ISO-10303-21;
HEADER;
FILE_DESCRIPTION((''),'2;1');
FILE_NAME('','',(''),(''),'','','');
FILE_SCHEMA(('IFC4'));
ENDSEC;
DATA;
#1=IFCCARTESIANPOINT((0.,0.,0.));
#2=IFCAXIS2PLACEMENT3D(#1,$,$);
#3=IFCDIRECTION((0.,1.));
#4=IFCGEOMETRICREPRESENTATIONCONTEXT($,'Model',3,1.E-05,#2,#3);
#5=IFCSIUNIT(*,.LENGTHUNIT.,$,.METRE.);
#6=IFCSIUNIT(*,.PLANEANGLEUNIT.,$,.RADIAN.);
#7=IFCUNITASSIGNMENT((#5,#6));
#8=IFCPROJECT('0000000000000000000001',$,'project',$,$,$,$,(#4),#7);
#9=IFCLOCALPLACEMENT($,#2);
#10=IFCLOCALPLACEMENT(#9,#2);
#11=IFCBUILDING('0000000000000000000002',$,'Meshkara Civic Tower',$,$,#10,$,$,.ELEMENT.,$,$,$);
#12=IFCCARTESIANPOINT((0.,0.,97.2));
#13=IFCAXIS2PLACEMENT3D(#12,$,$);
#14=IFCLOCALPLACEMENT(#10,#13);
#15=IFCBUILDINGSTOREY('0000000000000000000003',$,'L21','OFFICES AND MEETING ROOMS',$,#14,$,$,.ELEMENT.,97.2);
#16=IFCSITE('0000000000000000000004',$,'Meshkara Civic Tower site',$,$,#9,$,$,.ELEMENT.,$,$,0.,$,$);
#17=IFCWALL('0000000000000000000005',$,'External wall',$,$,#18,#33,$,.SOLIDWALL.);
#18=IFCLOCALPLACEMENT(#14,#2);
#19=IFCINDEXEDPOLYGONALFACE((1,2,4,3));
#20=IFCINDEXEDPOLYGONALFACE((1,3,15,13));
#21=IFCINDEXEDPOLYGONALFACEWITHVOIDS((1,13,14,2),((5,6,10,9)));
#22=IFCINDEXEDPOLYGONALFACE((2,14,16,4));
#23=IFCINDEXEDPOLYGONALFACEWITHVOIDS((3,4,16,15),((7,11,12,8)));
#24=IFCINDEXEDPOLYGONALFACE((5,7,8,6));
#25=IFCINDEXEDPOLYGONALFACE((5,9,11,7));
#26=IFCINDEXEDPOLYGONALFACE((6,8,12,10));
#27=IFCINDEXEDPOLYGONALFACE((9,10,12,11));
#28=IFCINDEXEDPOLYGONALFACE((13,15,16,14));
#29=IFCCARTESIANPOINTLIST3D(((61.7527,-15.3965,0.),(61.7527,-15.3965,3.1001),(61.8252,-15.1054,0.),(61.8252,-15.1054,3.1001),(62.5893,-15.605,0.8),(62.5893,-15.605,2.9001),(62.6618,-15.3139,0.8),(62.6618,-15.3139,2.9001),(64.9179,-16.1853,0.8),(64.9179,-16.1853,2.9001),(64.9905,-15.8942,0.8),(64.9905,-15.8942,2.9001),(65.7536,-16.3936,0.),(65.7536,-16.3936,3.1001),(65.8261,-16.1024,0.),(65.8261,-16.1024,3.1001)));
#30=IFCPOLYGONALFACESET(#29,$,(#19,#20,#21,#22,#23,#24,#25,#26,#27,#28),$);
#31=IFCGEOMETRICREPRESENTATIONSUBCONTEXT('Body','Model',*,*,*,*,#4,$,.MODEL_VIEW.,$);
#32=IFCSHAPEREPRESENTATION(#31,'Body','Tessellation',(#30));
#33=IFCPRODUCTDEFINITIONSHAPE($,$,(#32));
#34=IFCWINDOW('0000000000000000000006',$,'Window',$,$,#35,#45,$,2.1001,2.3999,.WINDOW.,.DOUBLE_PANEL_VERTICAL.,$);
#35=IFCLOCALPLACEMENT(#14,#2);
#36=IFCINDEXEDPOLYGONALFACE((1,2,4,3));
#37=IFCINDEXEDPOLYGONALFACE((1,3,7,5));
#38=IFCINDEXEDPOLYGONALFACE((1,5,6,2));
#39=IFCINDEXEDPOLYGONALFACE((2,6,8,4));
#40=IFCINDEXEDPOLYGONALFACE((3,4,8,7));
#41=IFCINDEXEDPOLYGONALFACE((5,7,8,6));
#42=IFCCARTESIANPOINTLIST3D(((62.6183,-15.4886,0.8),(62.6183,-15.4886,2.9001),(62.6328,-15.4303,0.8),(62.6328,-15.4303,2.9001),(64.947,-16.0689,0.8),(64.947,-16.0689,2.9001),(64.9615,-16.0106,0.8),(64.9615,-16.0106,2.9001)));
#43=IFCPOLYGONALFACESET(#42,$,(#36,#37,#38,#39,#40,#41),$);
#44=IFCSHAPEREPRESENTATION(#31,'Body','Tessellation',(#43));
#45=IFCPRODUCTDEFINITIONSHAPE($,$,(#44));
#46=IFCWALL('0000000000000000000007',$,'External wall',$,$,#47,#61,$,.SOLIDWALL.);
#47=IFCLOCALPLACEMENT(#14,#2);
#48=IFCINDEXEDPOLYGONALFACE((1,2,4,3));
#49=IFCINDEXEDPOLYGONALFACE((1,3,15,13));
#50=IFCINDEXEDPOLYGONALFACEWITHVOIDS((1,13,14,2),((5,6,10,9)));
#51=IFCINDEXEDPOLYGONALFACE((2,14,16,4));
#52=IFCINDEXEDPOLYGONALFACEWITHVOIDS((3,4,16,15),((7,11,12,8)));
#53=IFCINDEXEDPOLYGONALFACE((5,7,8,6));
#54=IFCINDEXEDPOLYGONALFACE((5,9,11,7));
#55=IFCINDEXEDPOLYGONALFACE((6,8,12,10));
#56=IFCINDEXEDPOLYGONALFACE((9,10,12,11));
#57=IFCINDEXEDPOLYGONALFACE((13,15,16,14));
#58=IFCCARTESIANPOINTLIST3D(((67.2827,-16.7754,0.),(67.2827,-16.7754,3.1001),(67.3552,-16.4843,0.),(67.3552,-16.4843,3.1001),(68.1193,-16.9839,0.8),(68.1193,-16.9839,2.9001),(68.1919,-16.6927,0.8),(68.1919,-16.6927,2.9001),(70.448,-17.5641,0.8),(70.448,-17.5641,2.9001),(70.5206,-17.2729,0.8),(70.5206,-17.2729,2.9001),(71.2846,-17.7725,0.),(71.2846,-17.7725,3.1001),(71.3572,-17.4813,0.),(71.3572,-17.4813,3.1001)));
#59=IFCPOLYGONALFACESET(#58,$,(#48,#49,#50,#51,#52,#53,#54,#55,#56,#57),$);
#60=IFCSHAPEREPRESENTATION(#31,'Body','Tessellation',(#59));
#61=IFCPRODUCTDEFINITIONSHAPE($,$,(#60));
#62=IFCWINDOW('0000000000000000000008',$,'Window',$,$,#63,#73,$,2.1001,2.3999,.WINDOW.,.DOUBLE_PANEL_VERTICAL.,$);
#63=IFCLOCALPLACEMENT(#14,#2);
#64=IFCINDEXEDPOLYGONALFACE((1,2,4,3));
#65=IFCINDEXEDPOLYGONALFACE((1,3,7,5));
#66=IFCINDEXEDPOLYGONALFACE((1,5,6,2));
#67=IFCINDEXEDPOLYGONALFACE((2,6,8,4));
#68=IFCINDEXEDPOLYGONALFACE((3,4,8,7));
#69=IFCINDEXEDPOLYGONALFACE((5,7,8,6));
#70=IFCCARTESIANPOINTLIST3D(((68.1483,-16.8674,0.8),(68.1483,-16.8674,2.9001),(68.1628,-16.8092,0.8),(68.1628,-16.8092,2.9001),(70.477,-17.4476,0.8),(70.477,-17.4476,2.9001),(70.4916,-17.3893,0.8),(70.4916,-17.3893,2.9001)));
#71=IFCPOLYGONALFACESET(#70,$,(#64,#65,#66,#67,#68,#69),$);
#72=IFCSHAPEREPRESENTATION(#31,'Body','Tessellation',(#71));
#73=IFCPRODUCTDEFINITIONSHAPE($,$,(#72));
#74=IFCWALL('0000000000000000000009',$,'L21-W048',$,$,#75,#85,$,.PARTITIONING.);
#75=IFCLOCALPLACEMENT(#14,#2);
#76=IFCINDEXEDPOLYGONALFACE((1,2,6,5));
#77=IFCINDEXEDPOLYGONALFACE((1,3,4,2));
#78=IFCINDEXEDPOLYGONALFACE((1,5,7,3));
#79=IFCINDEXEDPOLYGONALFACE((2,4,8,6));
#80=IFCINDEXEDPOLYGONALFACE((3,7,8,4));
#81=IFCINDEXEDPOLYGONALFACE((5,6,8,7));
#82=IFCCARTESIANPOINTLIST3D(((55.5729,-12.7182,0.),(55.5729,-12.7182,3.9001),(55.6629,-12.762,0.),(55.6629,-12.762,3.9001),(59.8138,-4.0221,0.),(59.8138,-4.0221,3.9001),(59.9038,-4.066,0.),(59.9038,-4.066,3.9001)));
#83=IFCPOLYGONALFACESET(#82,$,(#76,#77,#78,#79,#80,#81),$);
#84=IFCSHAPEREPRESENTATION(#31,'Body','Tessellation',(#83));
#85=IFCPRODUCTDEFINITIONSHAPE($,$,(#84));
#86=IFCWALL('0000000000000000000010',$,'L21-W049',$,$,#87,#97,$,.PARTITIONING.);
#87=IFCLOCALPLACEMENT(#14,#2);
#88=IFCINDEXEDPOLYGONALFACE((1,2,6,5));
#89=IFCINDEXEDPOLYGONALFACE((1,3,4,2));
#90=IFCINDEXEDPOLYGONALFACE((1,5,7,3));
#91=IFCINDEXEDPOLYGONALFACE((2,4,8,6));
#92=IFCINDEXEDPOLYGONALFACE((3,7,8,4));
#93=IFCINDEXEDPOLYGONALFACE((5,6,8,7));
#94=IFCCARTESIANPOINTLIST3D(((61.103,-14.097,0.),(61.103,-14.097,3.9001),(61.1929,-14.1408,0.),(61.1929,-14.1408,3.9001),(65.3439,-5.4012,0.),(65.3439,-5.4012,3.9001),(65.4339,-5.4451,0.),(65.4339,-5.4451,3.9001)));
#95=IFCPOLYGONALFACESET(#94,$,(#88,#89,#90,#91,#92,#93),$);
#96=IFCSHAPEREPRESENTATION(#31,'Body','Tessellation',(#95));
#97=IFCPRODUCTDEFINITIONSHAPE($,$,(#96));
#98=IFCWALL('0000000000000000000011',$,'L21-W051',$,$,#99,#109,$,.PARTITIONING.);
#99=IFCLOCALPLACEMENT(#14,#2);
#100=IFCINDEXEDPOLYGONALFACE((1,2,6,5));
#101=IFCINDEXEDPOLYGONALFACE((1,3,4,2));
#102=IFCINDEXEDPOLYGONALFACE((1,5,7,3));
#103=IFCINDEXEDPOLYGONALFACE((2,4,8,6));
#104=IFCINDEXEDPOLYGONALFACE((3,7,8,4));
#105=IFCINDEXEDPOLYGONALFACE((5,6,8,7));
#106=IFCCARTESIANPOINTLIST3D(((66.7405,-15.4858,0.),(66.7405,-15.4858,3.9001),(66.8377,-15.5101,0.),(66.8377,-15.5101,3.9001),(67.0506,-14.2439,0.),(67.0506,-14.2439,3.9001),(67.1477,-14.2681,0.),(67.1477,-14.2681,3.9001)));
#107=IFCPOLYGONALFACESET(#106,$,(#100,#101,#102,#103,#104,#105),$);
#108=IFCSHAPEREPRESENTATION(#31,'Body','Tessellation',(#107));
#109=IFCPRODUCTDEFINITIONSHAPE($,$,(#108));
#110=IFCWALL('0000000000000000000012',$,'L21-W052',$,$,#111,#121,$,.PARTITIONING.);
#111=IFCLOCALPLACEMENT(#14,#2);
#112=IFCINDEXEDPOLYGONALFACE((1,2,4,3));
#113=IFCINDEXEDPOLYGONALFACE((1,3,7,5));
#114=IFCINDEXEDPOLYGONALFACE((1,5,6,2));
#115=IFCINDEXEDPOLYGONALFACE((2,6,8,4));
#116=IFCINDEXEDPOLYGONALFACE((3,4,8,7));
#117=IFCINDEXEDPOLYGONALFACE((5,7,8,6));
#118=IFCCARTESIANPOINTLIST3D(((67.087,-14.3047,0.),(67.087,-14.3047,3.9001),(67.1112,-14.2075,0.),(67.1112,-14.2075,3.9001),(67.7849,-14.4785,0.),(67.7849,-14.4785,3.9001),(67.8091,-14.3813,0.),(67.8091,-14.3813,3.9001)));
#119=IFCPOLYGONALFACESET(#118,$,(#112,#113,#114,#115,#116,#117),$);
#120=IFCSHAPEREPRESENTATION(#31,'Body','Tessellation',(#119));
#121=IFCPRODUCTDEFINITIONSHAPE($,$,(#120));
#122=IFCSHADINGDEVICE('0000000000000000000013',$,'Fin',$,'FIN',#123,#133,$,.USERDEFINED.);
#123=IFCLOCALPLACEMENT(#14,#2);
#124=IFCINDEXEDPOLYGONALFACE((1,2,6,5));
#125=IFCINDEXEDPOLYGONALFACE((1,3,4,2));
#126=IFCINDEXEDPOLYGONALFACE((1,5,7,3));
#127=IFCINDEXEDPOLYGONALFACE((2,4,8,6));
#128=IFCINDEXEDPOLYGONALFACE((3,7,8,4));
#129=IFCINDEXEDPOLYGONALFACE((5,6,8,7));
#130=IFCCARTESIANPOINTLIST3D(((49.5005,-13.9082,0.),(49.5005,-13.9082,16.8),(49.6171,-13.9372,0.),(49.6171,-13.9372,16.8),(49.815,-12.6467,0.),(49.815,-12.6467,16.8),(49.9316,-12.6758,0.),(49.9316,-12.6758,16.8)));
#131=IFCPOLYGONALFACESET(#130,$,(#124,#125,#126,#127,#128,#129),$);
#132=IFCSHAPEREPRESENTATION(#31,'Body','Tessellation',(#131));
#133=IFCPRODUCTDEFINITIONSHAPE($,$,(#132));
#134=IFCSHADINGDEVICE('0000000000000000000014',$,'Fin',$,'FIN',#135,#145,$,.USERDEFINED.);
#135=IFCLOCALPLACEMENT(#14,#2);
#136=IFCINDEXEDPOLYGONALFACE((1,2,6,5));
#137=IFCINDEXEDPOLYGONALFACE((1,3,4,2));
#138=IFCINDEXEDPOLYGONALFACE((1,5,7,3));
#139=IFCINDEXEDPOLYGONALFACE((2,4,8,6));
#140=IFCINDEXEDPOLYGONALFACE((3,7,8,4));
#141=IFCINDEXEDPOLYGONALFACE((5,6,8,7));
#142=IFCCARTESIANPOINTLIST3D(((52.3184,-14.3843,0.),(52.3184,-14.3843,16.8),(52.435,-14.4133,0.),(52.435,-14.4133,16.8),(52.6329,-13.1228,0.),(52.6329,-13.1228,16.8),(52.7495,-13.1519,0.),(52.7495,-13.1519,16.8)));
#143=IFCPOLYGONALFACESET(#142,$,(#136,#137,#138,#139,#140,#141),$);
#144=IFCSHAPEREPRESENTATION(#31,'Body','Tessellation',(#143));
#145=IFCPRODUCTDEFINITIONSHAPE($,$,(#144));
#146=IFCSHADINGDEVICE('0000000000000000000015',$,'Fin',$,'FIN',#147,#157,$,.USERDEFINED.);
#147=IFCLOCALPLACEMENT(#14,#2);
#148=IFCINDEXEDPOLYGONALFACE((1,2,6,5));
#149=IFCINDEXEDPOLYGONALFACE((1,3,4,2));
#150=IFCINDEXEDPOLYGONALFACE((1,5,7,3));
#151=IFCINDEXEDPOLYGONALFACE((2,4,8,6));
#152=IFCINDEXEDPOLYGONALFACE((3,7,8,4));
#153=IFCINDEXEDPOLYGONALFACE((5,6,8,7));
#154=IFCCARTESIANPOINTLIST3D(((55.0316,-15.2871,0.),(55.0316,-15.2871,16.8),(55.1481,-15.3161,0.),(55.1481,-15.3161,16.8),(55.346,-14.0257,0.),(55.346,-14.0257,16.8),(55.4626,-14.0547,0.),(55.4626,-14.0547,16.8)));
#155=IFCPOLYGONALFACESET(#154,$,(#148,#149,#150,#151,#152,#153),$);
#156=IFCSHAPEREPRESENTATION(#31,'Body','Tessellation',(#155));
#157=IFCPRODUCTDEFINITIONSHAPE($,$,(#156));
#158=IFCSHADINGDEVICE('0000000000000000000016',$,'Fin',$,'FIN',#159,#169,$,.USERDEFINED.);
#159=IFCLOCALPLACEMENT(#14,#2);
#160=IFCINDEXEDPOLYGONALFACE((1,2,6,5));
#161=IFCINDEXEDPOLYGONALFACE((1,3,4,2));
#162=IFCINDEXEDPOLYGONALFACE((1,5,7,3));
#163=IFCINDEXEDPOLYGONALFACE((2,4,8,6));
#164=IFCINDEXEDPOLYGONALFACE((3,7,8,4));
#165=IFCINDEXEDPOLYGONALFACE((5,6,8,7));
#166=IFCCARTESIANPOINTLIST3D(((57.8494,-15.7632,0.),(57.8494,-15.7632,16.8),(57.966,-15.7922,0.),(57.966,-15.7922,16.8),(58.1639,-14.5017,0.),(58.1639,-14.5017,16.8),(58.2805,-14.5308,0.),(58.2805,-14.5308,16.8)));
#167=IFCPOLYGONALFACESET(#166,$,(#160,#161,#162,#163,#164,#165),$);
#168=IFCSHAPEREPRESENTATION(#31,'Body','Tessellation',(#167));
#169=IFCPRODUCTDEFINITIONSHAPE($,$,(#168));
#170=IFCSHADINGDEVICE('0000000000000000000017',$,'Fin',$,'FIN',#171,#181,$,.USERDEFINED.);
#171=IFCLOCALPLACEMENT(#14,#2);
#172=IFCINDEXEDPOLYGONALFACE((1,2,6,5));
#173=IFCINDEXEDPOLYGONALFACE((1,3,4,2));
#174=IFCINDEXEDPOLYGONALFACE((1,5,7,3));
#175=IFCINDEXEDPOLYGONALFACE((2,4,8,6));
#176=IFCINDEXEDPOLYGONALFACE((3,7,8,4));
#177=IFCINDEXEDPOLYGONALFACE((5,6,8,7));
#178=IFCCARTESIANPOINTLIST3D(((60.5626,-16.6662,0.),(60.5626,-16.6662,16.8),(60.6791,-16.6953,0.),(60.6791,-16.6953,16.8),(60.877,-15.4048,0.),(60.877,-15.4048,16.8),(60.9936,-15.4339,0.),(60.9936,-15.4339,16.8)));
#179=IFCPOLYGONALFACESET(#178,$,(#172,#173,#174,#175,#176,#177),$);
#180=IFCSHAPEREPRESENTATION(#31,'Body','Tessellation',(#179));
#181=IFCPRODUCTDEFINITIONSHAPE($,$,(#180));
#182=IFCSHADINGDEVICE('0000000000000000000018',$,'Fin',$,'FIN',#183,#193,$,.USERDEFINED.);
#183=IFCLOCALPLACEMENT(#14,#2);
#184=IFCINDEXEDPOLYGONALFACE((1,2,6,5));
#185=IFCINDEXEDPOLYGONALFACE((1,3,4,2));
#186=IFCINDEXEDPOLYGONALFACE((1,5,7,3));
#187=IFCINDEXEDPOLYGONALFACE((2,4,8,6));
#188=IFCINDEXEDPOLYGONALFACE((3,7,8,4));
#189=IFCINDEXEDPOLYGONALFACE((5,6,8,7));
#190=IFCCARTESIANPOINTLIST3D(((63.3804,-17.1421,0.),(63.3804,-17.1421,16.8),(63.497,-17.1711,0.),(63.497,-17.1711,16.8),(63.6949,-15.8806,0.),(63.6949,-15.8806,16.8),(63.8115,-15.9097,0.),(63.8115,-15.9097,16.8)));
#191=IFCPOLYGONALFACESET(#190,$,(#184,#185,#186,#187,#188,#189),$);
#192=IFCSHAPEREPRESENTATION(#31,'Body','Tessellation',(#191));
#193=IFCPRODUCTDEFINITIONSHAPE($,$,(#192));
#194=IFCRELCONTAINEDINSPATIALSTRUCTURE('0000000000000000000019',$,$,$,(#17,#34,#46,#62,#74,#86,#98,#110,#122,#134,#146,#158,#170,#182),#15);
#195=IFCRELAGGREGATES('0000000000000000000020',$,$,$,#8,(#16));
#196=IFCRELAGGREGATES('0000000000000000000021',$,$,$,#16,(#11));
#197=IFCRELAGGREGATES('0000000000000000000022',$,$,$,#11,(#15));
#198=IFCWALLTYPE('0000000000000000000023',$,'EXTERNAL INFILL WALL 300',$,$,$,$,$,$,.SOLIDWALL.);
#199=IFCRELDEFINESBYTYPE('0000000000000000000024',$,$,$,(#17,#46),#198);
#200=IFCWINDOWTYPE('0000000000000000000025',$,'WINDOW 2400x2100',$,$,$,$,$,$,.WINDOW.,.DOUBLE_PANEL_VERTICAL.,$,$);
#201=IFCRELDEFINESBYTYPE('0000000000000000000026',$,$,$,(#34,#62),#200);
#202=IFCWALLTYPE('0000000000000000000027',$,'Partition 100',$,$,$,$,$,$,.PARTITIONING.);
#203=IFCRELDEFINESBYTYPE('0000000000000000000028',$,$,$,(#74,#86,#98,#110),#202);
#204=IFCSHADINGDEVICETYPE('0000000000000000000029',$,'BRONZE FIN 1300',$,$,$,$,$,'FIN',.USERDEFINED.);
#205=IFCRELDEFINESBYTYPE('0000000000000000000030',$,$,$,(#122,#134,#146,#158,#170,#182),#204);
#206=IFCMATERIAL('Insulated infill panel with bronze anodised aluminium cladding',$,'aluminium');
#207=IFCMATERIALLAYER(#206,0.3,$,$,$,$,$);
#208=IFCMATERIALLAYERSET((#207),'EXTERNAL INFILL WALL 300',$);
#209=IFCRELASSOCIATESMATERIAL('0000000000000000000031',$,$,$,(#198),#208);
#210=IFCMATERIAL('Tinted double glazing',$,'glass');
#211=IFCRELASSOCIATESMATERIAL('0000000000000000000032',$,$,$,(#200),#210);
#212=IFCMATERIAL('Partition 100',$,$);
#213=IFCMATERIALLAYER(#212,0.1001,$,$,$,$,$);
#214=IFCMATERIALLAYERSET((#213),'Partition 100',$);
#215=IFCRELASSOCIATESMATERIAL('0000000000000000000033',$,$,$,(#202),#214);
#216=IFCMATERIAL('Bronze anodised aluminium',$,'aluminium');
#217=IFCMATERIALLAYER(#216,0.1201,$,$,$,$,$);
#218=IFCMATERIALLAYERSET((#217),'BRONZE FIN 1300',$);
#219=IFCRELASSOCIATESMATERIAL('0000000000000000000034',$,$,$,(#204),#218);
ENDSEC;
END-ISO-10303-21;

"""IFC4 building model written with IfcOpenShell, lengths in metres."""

from ifc_helpers import new_model, si_unit, direction, frame, frame_2d, origin, origin_2d, place, context, subcontext, project, spatial, rectangle, extrude, material, layer, layer_set, type_object, element, fill, save


model = new_model("IFC4")

# Units and contexts
model_context = context("Model", 3, precision=1e-05, world=origin(), true_north=direction((0.0, 1.0)))
body_context = subcontext(model_context, "Body", "Model", "MODEL_VIEW")
ifc_project = project(units=[si_unit("LENGTHUNIT", "METRE"), si_unit("PLANEANGLEUNIT", "RADIAN")], contexts=[model_context])

# Site, building, storey
site_placement = place(None, origin())
site = spatial("IfcSite", under=ifc_project, at=site_placement, Name="Meshkara Civic Tower site", CompositionType="ELEMENT", RefElevation=0.0)
building_placement = place(site_placement, origin())
building = spatial("IfcBuilding", under=site, at=building_placement, Name="Meshkara Civic Tower", CompositionType="ELEMENT")
storey_placement = place(building_placement, frame((0.0, 0.0, 97.2)))
storey = spatial("IfcBuildingStorey", under=building, at=storey_placement, Name="L21", Description="OFFICES AND MEETING ROOMS", CompositionType="ELEMENT", Elevation=97.2)

# Walls, openings, windows
ifc_material_1 = material(Name="Insulated infill panel with bronze anodised aluminium cladding", Category="aluminium")
ifc_layer_1 = layer(ifc_material_1, 0.3)
ifc_layer_set_1 = layer_set([ifc_layer_1], Name="EXTERNAL INFILL WALL 300")
wall_type_1 = type_object("IfcWallType", Name="EXTERNAL INFILL WALL 300", PredefinedType="SOLIDWALL", material=ifc_layer_set_1)
ifc_material_2 = material(Name="Tinted double glazing", Category="glass")
window_type = type_object("IfcWindowType", Name="WINDOW 2400x2100", PartitioningType="DOUBLE_PANEL_VERTICAL", PredefinedType="WINDOW", material=ifc_material_2)
wall_1_placement = place(storey_placement, frame((61.7891, -15.251, 0.0), z_axis=(0.0, 0.0, 1.0), x_axis=(0.970323, -0.241811, 0.0)))
wall_1 = element("IfcWall", 1, at=wall_1_placement, inside=storey, type_object=wall_type_1, Name="External wall", PredefinedType="SOLIDWALL", context=body_context, shape_type="SweptSolid", body=[
    extrude(rectangle(XDim=4.1233, YDim=0.3, at=frame_2d((2.0615, 0.0))), origin(), (0.0, 0.0, 1.0), 3.1001),
])
opening_1_placement = place(wall_1_placement, frame((0.8621, 0.0, 0.8)))
opening_1 = element("IfcOpeningElement", 2, at=opening_1_placement, cuts=wall_1, PredefinedType="OPENING", context=body_context, shape_type="SweptSolid", body=[
    extrude(rectangle(XDim=2.3999, YDim=2.1001, at=frame_2d((1.2, 1.05))), frame((0.0, 0.1599, 0.0), z_axis=(0.0, -1.0, 0.0), x_axis=(1.0, 0.0, 0.0)), (0.0, 0.0, 1.0), 0.3201),
])
window_1_placement = place(opening_1_placement, origin())
window_1 = element("IfcWindow", 3, at=window_1_placement, inside=storey, type_object=window_type, Name="Window", OverallHeight=2.1001, OverallWidth=2.3999, PartitioningType="DOUBLE_PANEL_VERTICAL", PredefinedType="WINDOW", context=body_context, shape_type="SweptSolid", body=[
    extrude(rectangle(XDim=2.3999, YDim=2.1001, at=frame_2d((1.2, 1.05))), frame((0.0, 0.03, 0.0), z_axis=(0.0, -1.0, 0.0), x_axis=(1.0, 0.0, 0.0)), (0.0, 0.0, 1.0), 0.0601),
])
fill(opening_1, window_1)
wall_2_placement = place(storey_placement, frame((67.3191, -16.6299, 0.0), z_axis=(0.0, 0.0, 1.0), x_axis=(0.970337, -0.241756, 0.0)))
wall_2 = element("IfcWall", 4, at=wall_2_placement, inside=storey, type_object=wall_type_1, Name="External wall", PredefinedType="SOLIDWALL", context=body_context, shape_type="SweptSolid", body=[
    extrude(rectangle(XDim=4.1243, YDim=0.3, at=frame_2d((2.062, 0.0))), origin(), (0.0, 0.0, 1.0), 3.1001),
])
opening_2_placement = place(wall_2_placement, frame((0.8621, 0.0, 0.8)))
opening_2 = element("IfcOpeningElement", 5, at=opening_2_placement, cuts=wall_2, PredefinedType="OPENING", context=body_context, shape_type="SweptSolid", body=[
    extrude(rectangle(XDim=2.3999, YDim=2.1001, at=frame_2d((1.2, 1.05))), frame((0.0, 0.1599, 0.0), z_axis=(0.0, -1.0, 0.0), x_axis=(1.0, 0.0, 0.0)), (0.0, 0.0, 1.0), 0.3201),
])
window_2_placement = place(opening_2_placement, origin())
window_2 = element("IfcWindow", 6, at=window_2_placement, inside=storey, type_object=window_type, Name="Window", OverallHeight=2.1001, OverallWidth=2.3999, PartitioningType="DOUBLE_PANEL_VERTICAL", PredefinedType="WINDOW", context=body_context, shape_type="SweptSolid", body=[
    extrude(rectangle(XDim=2.3999, YDim=2.1001, at=frame_2d((1.2, 1.05))), frame((0.0, 0.03, 0.0), z_axis=(0.0, -1.0, 0.0), x_axis=(1.0, 0.0, 0.0)), (0.0, 0.0, 1.0), 0.0601),
])
fill(opening_2, window_2)

# Walls
ifc_material_3 = material(Name="Partition 100")
ifc_layer_2 = layer(ifc_material_3, 0.1001)
ifc_layer_set_2 = layer_set([ifc_layer_2], Name="Partition 100")
wall_type_2 = type_object("IfcWallType", Name="Partition 100", PredefinedType="PARTITIONING", material=ifc_layer_set_2)
wall_3_placement = place(storey_placement, frame((55.6179, -12.74, 0.0), z_axis=(0.0, 0.0, 1.0), x_axis=(0.43834, 0.898809, 0.0)))
element("IfcWall", 7, at=wall_3_placement, inside=storey, type_object=wall_type_2, Name="L21-W048", PredefinedType="PARTITIONING", context=body_context, shape_type="SweptSolid", body=[
    extrude(rectangle(XDim=9.675, YDim=0.1001, at=frame_2d((4.8374, 0.0))), origin(), (0.0, 0.0, 1.0), 3.9001),
])
wall_4_placement = place(storey_placement, frame((61.1479, -14.1189, 0.0), z_axis=(0.0, 0.0, 1.0), x_axis=(0.43835, 0.898805, 0.0)))
element("IfcWall", 8, at=wall_4_placement, inside=storey, type_object=wall_type_2, Name="L21-W049", PredefinedType="PARTITIONING", context=body_context, shape_type="SweptSolid", body=[
    extrude(rectangle(XDim=9.6748, YDim=0.1001, at=frame_2d((4.8374, 0.0))), origin(), (0.0, 0.0, 1.0), 3.9001),
])
wall_5_placement = place(storey_placement, frame((66.7891, -15.498, 0.0), z_axis=(0.0, 0.0, 1.0), x_axis=(0.242221, 0.970221, 0.0)))
element("IfcWall", 9, at=wall_5_placement, inside=storey, type_object=wall_type_2, Name="L21-W051", PredefinedType="PARTITIONING", context=body_context, shape_type="SweptSolid", body=[
    extrude(rectangle(XDim=1.28, YDim=0.1001, at=frame_2d((0.6401, 0.0))), origin(), (0.0, 0.0, 1.0), 3.9001),
])
wall_6_placement = place(storey_placement, frame((67.0991, -14.2561, 0.0), z_axis=(0.0, 0.0, 1.0), x_axis=(0.970362, -0.241657, 0.0)))
element("IfcWall", 10, at=wall_6_placement, inside=storey, type_object=wall_type_2, Name="L21-W052", PredefinedType="PARTITIONING", context=body_context, shape_type="SweptSolid", body=[
    extrude(rectangle(XDim=0.7192, YDim=0.1001, at=frame_2d((0.3596, 0.0))), origin(), (0.0, 0.0, 1.0), 3.9001),
])

# Shading devices
ifc_material_4 = material(Name="Bronze anodised aluminium", Category="aluminium")
ifc_layer_3 = layer(ifc_material_4, 0.1201)
ifc_layer_set_3 = layer_set([ifc_layer_3], Name="BRONZE FIN 1300")
shading_device_type = type_object("IfcShadingDeviceType", Name="BRONZE FIN 1300", ElementType="FIN", PredefinedType="USERDEFINED", material=ifc_layer_set_3)
for number, where, z_axis, x_axis, name in (
    (11, (49.7161, -13.292, 0.0), (0.0, 0.0, 1.0), (0.9703, -0.241905, 0.0), "Fin"),
    (12, (52.5339, -13.7681, 0.0), (0.0, 0.0, 1.0), (0.9703, -0.241905, 0.0), "Fin"),
    (13, (55.2471, -14.6709, 0.0), (0.0, 0.0, 1.0), (0.9703, -0.241905, 0.0), "Fin"),
    (14, (58.0649, -15.147, 0.0), (0.0, 0.0, 1.0), (0.9703, -0.241905, 0.0), "Fin"),
    (15, (60.7781, -16.05, 0.0), (0.0, 0.0, 1.0), (0.9703, -0.241905, 0.0), "Fin"),
    (16, (63.5959, -16.5259, 0.0), (0.0, 0.0, 1.0), (0.9703, -0.241905, 0.0), "Fin"),
):
    element("IfcShadingDevice", number, at=place(storey_placement, frame(where, z_axis=z_axis, x_axis=x_axis)), inside=storey, type_object=shading_device_type, Name=name, ObjectType="FIN", PredefinedType="USERDEFINED", context=body_context, shape_type="SweptSolid", body=[
        extrude(rectangle(XDim=0.1201, YDim=1.3, at=origin_2d()), origin(), (0.0, 0.0, 1.0), 16.8),
    ])

save(model, "model.ifc")
